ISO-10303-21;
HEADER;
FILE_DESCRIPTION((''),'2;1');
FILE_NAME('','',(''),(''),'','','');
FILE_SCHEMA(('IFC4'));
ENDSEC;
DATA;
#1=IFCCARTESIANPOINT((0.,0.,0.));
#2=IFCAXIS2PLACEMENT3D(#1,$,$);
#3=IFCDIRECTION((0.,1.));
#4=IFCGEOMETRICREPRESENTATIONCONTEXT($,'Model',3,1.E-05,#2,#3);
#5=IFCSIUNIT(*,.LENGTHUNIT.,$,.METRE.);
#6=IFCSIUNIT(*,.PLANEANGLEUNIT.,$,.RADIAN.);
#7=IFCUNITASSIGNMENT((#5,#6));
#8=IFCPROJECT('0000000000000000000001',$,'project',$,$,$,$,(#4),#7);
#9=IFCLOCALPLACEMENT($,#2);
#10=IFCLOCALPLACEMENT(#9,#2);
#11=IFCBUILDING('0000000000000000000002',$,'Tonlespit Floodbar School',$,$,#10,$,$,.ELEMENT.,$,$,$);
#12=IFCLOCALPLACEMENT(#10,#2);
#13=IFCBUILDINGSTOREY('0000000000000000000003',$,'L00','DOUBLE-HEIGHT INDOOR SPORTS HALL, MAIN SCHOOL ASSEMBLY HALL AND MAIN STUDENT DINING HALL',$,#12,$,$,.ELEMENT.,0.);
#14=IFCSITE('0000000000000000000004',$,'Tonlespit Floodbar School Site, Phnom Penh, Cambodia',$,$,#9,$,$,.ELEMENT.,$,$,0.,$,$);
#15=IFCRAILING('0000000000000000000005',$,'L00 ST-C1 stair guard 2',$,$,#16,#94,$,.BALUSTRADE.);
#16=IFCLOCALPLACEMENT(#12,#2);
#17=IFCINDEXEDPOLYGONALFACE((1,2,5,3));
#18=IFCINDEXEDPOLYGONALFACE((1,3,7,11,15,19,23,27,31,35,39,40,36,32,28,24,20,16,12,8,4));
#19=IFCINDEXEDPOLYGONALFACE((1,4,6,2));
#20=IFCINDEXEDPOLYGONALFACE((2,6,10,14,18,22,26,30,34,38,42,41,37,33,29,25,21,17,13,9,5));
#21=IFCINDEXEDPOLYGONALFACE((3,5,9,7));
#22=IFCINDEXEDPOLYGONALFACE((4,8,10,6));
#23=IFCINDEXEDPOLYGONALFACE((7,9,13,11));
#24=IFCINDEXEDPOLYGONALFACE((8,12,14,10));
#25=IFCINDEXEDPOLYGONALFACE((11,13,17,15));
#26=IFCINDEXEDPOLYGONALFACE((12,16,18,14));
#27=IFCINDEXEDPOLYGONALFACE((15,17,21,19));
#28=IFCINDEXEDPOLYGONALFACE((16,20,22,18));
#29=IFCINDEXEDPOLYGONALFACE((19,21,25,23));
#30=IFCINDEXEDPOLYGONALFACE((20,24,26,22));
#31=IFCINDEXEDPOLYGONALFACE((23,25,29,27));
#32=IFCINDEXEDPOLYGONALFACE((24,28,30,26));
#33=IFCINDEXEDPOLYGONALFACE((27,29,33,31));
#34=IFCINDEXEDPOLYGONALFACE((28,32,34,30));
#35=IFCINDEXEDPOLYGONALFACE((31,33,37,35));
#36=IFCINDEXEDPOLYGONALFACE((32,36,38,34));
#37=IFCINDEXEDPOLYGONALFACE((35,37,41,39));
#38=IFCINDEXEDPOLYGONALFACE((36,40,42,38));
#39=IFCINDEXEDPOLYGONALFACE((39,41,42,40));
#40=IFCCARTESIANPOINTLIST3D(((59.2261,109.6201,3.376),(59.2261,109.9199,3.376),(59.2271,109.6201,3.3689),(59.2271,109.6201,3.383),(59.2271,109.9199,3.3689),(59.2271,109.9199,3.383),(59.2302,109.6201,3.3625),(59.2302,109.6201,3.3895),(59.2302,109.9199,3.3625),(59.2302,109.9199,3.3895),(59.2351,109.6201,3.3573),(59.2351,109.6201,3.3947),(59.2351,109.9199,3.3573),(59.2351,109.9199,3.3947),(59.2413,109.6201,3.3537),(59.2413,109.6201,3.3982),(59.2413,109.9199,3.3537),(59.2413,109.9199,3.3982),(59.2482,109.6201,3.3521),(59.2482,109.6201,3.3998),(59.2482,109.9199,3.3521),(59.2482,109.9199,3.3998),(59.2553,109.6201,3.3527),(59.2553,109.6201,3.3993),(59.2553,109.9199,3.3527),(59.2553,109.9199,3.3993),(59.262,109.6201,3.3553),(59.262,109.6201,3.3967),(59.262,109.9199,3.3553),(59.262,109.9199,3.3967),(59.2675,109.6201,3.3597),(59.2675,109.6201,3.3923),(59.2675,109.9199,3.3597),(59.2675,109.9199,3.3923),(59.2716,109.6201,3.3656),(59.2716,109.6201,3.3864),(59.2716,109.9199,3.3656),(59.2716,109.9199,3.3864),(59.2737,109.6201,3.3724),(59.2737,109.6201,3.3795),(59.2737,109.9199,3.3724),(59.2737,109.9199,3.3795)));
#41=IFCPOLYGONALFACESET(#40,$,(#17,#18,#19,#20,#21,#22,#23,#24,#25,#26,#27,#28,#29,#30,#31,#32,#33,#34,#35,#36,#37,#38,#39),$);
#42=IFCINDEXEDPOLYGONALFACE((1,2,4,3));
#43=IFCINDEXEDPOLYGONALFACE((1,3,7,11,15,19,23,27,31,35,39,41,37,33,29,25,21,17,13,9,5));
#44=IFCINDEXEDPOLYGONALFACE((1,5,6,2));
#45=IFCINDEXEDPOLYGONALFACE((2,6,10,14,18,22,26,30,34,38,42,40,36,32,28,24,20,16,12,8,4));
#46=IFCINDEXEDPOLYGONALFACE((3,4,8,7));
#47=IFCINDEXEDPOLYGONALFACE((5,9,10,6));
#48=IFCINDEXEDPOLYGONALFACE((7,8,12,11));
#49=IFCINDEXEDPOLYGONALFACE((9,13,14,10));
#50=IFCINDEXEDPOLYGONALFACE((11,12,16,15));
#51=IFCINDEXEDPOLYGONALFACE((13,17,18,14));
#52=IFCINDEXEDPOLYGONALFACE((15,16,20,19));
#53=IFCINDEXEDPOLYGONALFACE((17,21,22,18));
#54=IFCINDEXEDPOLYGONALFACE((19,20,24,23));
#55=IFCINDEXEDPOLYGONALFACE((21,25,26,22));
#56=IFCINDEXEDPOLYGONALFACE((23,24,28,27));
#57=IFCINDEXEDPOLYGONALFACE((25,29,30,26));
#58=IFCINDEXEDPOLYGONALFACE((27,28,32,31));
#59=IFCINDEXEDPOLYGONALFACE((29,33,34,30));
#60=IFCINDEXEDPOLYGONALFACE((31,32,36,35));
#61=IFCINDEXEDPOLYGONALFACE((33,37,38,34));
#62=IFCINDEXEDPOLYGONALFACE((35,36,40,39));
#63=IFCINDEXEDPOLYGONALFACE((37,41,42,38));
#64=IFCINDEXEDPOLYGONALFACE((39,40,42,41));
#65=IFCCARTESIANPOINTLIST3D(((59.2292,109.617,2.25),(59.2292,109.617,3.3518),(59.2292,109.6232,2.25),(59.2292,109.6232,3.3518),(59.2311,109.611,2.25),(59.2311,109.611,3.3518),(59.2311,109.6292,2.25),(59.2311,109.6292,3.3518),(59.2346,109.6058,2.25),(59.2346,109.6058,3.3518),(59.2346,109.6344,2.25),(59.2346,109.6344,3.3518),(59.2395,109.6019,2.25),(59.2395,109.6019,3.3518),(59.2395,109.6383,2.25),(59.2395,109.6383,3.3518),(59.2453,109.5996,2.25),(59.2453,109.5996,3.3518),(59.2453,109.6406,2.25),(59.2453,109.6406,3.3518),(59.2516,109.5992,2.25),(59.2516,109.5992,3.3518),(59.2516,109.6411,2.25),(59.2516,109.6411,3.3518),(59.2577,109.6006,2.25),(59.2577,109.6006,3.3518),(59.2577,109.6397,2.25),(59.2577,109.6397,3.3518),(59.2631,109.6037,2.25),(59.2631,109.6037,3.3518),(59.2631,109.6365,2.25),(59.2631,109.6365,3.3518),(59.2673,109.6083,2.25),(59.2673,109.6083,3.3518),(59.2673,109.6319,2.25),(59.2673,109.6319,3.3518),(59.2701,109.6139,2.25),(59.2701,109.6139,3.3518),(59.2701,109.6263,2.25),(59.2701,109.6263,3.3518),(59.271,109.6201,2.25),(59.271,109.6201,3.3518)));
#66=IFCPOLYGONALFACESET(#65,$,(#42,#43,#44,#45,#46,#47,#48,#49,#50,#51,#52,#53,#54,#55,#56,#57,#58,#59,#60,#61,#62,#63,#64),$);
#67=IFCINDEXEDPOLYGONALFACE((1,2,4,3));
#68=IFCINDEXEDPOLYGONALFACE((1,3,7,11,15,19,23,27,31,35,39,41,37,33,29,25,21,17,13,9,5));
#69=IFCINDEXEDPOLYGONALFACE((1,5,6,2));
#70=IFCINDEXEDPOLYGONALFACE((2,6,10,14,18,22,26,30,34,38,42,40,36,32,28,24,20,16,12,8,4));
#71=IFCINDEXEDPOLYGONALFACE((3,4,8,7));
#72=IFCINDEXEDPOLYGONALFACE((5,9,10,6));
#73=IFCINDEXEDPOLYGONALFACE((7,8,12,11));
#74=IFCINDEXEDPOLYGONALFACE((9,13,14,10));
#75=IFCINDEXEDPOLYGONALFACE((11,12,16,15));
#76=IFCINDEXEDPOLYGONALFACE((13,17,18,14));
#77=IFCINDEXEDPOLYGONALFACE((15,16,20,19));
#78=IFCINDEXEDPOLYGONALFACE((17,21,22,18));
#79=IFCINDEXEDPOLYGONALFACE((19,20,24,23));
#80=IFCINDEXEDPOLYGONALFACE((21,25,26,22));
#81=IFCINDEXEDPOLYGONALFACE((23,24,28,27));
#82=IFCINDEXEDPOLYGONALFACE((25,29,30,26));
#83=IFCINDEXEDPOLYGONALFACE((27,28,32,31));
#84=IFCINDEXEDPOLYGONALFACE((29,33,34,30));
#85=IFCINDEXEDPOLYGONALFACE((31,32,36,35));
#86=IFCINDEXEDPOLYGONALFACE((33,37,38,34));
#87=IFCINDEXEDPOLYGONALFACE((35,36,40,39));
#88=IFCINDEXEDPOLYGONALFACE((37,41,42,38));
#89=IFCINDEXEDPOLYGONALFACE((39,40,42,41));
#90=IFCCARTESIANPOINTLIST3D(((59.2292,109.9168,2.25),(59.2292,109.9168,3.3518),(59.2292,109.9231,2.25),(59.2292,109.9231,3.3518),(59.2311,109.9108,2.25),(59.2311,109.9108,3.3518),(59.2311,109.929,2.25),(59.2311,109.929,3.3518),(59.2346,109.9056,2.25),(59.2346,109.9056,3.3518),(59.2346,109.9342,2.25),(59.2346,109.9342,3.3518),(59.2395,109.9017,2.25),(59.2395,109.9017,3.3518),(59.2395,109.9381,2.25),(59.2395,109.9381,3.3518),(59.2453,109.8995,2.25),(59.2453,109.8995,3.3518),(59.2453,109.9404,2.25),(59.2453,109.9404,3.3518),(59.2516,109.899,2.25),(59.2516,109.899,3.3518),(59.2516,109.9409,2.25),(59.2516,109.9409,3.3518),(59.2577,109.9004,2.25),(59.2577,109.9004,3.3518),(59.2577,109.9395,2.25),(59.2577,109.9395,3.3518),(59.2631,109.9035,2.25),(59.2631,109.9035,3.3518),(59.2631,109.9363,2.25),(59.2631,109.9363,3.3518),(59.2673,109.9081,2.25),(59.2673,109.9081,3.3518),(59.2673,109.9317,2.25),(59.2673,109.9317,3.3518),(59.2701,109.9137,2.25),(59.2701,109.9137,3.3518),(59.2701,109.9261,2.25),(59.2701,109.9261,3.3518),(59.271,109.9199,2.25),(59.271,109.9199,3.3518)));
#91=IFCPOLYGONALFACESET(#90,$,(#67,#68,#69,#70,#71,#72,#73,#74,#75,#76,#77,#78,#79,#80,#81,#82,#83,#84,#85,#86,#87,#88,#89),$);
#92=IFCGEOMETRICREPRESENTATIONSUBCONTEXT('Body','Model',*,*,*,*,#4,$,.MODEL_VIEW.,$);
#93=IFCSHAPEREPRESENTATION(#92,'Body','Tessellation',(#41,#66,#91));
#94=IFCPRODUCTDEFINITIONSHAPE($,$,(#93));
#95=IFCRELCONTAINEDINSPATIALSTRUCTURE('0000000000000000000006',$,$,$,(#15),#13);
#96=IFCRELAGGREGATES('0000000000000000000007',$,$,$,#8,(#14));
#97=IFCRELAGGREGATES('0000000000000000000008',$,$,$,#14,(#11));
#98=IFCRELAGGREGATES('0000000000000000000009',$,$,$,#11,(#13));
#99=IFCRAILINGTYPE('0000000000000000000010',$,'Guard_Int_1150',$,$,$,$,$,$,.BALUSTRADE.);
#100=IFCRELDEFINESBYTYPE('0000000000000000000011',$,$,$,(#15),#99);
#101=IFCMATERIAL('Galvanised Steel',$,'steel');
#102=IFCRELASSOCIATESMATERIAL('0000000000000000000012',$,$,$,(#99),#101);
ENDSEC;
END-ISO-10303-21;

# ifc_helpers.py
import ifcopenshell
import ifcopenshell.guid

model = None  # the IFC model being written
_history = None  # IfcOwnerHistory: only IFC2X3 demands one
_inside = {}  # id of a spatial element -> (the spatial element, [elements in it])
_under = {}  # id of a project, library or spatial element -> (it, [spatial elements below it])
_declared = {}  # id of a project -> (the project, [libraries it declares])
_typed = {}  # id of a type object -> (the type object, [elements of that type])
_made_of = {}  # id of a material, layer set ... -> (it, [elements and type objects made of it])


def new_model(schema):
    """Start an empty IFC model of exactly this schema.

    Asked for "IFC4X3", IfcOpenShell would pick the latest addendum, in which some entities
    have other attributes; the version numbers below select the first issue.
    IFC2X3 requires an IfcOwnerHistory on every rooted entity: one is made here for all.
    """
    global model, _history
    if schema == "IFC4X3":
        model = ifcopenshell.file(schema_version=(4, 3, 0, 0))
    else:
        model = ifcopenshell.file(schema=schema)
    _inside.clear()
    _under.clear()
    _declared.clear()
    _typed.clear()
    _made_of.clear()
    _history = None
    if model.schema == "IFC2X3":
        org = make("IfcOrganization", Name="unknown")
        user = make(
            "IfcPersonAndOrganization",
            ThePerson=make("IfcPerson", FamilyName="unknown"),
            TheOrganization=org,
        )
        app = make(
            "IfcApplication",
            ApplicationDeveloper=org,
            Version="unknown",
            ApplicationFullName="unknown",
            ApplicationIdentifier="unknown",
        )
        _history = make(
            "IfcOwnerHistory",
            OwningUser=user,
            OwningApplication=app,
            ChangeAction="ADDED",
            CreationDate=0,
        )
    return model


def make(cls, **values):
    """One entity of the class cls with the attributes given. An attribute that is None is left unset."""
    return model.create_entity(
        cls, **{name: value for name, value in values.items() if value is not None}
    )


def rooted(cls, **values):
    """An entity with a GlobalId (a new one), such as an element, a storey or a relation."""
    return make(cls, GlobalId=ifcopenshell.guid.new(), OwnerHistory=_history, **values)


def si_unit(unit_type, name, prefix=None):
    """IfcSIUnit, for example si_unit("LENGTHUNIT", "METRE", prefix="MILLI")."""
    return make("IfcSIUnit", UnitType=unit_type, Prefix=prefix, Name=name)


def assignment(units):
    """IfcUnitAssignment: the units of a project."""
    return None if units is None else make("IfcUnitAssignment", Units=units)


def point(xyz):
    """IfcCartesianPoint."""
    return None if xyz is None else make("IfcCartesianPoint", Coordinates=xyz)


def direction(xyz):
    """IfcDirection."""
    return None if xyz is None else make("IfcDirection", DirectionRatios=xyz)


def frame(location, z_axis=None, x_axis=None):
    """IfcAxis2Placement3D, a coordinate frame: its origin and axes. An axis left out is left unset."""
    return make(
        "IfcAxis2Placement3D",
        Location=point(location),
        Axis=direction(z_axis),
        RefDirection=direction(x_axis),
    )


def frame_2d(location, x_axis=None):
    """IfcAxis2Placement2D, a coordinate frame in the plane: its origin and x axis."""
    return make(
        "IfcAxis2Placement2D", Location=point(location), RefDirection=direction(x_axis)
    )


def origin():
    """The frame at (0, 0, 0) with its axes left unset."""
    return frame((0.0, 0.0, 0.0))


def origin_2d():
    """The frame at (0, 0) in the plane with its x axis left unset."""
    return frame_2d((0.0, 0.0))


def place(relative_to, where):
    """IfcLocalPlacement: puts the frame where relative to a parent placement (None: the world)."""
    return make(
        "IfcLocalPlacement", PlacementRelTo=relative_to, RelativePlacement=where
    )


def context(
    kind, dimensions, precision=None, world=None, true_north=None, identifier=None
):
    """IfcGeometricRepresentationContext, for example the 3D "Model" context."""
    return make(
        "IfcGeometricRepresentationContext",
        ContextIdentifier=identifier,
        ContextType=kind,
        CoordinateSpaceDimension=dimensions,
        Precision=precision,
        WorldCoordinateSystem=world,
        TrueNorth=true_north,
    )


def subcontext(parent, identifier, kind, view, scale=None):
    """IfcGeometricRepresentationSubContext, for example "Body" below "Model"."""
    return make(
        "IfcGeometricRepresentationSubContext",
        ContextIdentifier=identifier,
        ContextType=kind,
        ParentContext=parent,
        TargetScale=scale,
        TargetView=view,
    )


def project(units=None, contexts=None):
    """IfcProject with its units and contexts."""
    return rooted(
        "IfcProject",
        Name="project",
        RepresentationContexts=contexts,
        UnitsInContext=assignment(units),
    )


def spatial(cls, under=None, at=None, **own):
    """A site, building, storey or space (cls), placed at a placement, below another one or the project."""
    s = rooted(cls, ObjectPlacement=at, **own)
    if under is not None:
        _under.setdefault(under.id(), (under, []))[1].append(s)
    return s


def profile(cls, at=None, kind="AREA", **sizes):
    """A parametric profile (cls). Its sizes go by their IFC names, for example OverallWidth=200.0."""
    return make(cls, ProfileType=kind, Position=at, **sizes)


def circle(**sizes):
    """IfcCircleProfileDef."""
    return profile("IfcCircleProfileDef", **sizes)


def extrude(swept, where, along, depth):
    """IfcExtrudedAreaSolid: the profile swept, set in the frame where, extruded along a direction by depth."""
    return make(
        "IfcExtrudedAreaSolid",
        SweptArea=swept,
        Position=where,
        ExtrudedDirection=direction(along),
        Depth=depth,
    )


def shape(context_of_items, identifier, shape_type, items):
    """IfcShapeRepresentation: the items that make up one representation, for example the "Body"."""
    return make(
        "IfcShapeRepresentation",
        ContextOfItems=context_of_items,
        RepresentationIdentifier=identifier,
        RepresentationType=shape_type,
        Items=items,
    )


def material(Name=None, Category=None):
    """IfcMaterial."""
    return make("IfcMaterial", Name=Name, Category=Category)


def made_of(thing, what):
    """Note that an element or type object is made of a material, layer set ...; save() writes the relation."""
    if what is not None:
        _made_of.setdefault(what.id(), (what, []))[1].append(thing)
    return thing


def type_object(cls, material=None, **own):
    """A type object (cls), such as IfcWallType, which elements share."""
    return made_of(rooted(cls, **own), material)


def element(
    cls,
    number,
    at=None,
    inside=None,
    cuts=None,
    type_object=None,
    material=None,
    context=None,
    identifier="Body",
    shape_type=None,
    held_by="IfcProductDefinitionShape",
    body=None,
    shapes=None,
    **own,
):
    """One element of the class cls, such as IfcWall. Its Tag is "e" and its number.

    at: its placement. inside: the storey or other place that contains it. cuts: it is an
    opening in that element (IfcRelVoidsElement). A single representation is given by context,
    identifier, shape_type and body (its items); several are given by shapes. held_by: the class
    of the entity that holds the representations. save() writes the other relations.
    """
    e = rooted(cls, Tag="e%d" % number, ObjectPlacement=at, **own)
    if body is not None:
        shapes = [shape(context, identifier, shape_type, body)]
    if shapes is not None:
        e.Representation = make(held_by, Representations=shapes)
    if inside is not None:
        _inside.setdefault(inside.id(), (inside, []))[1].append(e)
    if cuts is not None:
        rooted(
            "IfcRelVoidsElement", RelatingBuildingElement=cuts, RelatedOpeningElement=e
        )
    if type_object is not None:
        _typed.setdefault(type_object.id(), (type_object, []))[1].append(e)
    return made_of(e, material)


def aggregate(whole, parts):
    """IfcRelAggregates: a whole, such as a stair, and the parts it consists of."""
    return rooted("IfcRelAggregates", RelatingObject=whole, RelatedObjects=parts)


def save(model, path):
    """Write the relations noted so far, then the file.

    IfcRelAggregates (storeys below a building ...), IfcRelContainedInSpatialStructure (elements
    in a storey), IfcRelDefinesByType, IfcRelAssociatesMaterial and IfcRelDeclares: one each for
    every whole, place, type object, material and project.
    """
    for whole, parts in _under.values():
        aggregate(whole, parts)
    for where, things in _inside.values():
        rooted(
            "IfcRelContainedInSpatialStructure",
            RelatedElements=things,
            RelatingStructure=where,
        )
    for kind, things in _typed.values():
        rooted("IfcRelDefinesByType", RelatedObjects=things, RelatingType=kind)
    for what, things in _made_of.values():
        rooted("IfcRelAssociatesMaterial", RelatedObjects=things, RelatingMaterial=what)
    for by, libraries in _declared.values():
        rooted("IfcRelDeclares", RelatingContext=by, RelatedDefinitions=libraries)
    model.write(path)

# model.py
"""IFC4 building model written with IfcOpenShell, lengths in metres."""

from ifc_helpers import new_model, si_unit, direction, frame, origin, origin_2d, place, context, subcontext, project, spatial, circle, extrude, material, type_object, element, save


model = new_model("IFC4")

# Units and contexts
model_context = context("Model", 3, precision=1e-05, world=origin(), true_north=direction((0.0, 1.0)))
body_context = subcontext(model_context, "Body", "Model", "MODEL_VIEW")
ifc_project = project(units=[si_unit("LENGTHUNIT", "METRE"), si_unit("PLANEANGLEUNIT", "RADIAN")], contexts=[model_context])

# Site, building, storey
site_placement = place(None, origin())
site = spatial("IfcSite", under=ifc_project, at=site_placement, Name="Tonlespit Floodbar School Site, Phnom Penh, Cambodia", CompositionType="ELEMENT", RefElevation=0.0)
building_placement = place(site_placement, origin())
building = spatial("IfcBuilding", under=site, at=building_placement, Name="Tonlespit Floodbar School", CompositionType="ELEMENT")
storey_placement = place(building_placement, origin())
storey = spatial("IfcBuildingStorey", under=building, at=storey_placement, Name="L00", Description="DOUBLE-HEIGHT INDOOR SPORTS HALL, MAIN SCHOOL ASSEMBLY HALL AND MAIN STUDENT DINING HALL", CompositionType="ELEMENT", Elevation=0.0)

# Shared definitions
ifc_material_1 = material(Name="Galvanised Steel", Category="steel")

# Railing
railing_type_1 = type_object("IfcRailingType", Name="Guard_Int_1150", PredefinedType="BALUSTRADE", material=ifc_material_1)
railing_1_placement = place(storey_placement, frame((59.25, 109.6201, 2.25)))
element("IfcRailing", 1, at=railing_1_placement, inside=storey, type_object=railing_type_1, Name="L00 ST-C1 stair guard 2", PredefinedType="BALUSTRADE", context=body_context, shape_type="SweptSolid", body=[
    extrude(circle(Radius=0.0239, at=origin_2d()), frame((0.0, 0.0, 1.126), z_axis=(0.0, 1.0, 0.0), x_axis=(-1.0, 0.0, 0.0)), (0.0, 0.0, 1.0), 0.2998),
    extrude(circle(Radius=0.021, at=origin_2d()), origin(), (0.0, 0.0, 1.0), 1.1018),
    extrude(circle(Radius=0.021, at=origin_2d()), frame((0.0, 0.2998, 0.0)), (0.0, 0.0, 1.0), 1.1018),
])

save(model, "model.ifc")
